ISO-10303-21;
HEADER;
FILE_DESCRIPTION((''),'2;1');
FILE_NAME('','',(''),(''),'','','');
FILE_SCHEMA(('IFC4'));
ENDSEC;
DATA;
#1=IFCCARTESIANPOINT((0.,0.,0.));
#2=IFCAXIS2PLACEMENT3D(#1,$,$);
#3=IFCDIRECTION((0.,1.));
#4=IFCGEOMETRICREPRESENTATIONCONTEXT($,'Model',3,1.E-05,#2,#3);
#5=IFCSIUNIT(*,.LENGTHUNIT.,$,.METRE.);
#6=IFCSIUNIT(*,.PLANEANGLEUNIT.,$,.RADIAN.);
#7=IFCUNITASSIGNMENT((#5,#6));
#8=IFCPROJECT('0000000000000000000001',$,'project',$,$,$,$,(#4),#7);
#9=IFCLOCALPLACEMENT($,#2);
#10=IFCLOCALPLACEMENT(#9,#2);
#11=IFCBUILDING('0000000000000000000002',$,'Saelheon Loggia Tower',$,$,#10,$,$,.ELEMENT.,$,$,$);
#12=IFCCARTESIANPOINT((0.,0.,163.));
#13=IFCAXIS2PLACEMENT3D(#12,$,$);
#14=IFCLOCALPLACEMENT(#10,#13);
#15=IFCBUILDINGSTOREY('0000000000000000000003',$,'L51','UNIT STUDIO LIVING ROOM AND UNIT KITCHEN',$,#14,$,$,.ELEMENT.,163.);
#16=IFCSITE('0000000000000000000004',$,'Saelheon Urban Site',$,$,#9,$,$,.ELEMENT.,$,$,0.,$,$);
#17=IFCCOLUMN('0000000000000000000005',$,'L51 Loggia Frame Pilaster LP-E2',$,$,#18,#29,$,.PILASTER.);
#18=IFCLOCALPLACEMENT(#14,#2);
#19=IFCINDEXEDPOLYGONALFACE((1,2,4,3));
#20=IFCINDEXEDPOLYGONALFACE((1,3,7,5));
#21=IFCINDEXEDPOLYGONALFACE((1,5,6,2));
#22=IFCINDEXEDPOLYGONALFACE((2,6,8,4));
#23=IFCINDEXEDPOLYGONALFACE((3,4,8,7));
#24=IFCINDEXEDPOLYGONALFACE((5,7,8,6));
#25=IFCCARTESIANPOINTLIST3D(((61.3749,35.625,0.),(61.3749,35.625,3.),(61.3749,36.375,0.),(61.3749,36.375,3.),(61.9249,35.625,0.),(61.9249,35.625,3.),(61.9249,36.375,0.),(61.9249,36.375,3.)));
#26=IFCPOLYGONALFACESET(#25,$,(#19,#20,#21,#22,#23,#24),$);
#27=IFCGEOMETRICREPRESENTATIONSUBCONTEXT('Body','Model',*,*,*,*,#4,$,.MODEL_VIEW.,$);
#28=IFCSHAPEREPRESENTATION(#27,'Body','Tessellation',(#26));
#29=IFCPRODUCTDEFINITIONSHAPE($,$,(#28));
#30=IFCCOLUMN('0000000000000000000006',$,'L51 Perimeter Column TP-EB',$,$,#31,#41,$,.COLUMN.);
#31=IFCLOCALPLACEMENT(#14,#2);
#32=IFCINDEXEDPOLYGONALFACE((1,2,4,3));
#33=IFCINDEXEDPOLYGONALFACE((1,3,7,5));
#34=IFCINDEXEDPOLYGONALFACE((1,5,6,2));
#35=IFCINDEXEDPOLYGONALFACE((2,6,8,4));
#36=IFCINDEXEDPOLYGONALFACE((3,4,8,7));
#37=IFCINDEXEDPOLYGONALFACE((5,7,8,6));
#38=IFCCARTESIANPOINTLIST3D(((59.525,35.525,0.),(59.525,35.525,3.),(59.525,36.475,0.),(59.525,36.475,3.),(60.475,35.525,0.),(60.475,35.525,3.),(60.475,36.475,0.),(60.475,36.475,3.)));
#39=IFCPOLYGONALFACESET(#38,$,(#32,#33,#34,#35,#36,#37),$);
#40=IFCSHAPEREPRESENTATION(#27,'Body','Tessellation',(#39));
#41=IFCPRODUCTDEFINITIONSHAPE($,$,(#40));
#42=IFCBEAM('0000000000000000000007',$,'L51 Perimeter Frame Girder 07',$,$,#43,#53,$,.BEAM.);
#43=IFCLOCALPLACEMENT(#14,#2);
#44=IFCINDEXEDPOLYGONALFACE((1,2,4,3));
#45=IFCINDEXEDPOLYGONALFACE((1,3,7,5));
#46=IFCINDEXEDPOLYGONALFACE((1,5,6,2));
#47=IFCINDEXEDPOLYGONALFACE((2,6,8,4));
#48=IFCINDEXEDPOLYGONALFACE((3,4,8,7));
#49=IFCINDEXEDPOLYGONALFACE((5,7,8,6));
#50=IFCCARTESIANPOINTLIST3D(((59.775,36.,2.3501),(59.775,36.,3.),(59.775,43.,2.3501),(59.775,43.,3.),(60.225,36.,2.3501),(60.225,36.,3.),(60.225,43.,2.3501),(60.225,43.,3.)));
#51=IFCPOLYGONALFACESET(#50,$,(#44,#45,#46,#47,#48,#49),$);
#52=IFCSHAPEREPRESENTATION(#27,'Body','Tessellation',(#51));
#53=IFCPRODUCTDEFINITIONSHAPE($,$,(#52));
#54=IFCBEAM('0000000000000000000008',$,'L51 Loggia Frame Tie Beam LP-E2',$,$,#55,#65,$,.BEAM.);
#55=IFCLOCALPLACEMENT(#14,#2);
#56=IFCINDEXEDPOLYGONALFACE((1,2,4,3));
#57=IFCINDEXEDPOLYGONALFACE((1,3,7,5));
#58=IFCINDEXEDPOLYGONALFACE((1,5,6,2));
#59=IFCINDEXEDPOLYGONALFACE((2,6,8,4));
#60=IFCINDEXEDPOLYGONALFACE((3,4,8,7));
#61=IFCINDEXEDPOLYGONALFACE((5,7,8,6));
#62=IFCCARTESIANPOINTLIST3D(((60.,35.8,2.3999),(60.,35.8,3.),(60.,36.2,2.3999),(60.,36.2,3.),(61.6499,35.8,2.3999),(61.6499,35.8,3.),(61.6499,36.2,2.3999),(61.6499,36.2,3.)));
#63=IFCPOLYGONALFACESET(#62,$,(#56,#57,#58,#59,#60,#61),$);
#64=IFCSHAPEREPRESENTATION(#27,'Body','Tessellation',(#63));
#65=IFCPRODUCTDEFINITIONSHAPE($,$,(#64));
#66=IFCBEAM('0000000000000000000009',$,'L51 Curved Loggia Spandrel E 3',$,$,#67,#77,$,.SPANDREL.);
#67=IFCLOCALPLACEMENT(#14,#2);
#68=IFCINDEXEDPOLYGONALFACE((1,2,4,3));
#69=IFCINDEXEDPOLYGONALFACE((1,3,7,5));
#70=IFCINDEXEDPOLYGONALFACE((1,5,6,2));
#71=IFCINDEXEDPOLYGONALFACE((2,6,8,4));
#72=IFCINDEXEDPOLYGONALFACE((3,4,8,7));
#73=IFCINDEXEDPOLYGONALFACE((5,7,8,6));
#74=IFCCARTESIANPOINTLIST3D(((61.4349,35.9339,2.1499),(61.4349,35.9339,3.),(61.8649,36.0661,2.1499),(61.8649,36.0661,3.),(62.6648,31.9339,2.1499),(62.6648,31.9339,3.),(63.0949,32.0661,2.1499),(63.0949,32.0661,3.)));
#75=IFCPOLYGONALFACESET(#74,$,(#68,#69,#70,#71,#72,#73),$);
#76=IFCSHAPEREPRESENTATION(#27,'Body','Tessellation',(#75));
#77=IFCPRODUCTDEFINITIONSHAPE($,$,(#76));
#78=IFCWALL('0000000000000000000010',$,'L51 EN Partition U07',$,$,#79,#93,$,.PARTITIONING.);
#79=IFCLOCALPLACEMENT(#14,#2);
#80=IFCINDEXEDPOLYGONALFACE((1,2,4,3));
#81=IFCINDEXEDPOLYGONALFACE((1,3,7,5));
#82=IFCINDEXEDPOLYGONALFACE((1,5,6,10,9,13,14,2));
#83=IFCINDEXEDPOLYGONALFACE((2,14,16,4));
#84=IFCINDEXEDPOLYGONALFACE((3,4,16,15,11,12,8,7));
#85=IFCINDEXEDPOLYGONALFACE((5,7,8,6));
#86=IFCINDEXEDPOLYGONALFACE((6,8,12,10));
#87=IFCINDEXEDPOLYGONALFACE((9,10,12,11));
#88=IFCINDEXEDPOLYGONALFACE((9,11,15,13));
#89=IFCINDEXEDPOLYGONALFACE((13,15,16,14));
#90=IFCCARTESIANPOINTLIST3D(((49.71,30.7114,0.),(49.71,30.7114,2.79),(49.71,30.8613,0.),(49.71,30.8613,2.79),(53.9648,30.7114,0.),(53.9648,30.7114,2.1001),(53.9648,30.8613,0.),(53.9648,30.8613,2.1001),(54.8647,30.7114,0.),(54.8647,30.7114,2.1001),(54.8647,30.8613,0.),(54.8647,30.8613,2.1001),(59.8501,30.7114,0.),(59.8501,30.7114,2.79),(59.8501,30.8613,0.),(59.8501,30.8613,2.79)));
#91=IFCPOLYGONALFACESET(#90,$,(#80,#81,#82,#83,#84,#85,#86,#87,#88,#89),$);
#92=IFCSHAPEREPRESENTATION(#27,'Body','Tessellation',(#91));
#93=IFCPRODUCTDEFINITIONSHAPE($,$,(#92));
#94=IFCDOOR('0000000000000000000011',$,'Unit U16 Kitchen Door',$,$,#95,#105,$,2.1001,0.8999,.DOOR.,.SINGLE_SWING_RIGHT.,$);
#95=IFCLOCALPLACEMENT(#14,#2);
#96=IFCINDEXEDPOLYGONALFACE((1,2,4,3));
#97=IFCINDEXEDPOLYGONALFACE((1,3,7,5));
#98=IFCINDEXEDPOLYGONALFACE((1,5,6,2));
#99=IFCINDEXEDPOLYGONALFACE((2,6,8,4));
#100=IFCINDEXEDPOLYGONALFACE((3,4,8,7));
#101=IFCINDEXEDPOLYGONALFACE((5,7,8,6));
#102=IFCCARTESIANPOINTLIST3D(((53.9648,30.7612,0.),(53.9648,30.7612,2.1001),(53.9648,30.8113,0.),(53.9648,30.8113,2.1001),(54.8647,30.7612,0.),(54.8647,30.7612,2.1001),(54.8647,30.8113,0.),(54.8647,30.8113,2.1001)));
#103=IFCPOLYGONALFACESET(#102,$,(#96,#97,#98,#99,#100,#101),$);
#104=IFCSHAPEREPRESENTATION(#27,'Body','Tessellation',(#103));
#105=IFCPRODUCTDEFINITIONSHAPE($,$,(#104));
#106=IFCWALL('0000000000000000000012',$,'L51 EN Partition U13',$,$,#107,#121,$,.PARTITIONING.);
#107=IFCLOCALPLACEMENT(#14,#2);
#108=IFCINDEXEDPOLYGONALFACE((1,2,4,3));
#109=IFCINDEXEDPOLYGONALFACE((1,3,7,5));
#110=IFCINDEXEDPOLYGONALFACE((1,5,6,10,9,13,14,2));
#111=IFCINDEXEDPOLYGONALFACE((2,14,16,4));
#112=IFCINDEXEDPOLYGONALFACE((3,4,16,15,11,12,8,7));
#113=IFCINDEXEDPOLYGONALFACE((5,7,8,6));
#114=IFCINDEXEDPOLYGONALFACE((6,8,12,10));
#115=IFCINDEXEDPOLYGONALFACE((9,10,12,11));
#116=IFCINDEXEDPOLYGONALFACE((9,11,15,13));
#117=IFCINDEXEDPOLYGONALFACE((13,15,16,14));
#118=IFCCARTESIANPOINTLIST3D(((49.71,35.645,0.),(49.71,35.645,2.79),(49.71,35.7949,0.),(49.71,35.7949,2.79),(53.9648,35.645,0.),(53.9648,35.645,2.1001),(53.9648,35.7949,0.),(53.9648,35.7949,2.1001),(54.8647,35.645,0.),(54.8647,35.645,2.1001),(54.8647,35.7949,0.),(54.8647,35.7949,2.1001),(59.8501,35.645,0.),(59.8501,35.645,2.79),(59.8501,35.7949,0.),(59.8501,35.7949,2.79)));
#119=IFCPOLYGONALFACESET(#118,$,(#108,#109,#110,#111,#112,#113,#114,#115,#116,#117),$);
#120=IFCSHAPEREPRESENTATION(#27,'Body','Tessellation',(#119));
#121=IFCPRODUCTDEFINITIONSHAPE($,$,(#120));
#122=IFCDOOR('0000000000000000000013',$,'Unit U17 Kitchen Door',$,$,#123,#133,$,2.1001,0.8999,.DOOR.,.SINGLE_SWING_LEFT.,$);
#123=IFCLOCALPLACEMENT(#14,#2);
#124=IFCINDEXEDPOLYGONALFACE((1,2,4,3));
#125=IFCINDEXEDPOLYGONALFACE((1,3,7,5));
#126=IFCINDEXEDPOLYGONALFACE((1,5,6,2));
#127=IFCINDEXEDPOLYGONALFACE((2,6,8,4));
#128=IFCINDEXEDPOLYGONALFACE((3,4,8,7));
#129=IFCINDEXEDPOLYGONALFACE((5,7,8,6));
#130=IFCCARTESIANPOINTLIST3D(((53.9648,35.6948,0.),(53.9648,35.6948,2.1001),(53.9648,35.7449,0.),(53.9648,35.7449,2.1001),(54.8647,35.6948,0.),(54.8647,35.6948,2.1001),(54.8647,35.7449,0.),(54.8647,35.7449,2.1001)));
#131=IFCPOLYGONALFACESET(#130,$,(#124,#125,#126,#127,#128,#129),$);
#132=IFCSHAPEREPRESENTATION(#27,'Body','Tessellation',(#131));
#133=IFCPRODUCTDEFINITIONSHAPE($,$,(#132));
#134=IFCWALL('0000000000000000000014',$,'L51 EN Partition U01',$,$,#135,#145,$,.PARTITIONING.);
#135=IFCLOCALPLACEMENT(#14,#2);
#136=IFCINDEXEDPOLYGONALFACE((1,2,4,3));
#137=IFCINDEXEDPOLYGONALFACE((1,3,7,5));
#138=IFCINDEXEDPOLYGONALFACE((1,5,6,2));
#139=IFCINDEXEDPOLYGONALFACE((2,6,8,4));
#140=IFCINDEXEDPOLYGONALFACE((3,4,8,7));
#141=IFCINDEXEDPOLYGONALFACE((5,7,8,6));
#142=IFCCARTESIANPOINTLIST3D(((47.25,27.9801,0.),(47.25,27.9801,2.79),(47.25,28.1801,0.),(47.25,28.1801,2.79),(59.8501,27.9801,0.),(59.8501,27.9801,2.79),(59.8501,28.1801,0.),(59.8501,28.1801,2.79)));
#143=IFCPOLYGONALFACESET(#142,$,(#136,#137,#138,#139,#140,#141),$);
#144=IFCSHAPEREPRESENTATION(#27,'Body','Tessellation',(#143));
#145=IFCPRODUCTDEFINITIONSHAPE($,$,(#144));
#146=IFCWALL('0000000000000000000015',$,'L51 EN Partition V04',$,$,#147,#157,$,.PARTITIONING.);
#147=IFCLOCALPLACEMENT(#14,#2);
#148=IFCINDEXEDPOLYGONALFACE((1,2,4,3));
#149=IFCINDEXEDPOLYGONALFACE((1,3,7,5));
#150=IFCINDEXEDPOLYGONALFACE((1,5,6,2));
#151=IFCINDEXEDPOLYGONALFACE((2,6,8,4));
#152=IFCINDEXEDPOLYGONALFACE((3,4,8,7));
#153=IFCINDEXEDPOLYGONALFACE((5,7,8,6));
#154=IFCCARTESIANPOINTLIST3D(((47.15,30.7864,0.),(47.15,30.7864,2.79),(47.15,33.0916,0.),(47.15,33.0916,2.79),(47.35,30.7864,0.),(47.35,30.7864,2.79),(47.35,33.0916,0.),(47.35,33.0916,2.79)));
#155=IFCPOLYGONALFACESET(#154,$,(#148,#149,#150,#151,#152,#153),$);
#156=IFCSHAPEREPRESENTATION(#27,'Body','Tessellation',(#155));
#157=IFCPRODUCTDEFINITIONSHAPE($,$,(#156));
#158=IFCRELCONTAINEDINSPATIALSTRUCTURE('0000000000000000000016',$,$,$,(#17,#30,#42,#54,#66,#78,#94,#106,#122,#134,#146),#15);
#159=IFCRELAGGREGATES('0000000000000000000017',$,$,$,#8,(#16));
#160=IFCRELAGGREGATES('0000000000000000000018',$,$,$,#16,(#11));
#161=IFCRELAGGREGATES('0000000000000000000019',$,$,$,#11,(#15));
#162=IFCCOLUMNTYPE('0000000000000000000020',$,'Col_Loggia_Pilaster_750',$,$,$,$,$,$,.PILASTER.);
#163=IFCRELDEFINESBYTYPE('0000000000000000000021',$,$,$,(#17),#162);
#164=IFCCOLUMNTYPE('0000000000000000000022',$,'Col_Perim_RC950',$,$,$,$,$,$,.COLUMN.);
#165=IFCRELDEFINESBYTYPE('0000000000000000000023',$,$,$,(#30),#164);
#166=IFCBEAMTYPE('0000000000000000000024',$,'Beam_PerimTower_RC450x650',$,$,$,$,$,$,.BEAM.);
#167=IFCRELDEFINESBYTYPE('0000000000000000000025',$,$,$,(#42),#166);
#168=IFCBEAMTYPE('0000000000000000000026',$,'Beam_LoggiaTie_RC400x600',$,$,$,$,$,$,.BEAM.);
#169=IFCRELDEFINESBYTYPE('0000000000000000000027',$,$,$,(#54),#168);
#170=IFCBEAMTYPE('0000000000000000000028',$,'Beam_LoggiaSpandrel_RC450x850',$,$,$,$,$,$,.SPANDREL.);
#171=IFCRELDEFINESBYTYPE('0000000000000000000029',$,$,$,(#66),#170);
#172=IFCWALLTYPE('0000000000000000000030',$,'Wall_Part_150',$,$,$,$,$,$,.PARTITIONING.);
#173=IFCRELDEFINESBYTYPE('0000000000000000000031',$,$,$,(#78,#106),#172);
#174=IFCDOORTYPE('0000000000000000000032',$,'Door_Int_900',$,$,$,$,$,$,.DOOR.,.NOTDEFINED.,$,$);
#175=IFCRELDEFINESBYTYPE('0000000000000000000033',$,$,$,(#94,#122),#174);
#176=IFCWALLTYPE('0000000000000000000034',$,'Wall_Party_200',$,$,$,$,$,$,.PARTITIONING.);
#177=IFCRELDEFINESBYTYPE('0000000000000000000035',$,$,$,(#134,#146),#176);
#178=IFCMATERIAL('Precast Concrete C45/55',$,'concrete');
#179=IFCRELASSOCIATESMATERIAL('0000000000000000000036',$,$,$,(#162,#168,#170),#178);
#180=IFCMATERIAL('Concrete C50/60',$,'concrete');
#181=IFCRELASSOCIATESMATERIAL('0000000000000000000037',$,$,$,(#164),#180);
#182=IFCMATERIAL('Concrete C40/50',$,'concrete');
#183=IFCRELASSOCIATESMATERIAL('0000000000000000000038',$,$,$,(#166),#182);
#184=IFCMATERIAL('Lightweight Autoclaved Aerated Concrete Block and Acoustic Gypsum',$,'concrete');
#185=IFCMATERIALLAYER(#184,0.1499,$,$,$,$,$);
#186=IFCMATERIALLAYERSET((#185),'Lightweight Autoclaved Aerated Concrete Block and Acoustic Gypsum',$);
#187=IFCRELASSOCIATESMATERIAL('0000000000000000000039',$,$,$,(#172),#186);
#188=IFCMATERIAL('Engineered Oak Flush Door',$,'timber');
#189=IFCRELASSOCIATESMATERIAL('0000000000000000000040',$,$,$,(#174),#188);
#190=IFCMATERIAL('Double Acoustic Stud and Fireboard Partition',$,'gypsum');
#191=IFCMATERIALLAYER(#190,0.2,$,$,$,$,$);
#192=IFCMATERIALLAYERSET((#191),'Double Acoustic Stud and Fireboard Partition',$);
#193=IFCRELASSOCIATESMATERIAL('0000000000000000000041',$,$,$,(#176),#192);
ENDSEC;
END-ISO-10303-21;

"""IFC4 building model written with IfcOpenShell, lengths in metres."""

from ifc_helpers import new_model, si_unit, direction, frame, frame_2d, origin, origin_2d, place, context, subcontext, project, spatial, rectangle, extrude, source, transform, mapped, material, layer, layer_set, material_profile, profile_set, type_object, element, fill, save


model = new_model("IFC4")

# Units and contexts
model_context = context("Model", 3, precision=1e-05, world=origin(), true_north=direction((0.0, 1.0)))
body_context = subcontext(model_context, "Body", "Model", "MODEL_VIEW")
ifc_project = project(units=[si_unit("LENGTHUNIT", "METRE"), si_unit("PLANEANGLEUNIT", "RADIAN")], contexts=[model_context])

# Site, building, storey
site_placement = place(None, origin())
site = spatial("IfcSite", under=ifc_project, at=site_placement, Name="Saelheon Urban Site", CompositionType="ELEMENT", RefElevation=0.0)
building_placement = place(site_placement, origin())
building = spatial("IfcBuilding", under=site, at=building_placement, Name="Saelheon Loggia Tower", CompositionType="ELEMENT")
storey_placement = place(building_placement, frame((0.0, 0.0, 163.0)))
storey = spatial("IfcBuildingStorey", under=building, at=storey_placement, Name="L51", Description="UNIT STUDIO LIVING ROOM AND UNIT KITCHEN", CompositionType="ELEMENT", Elevation=163.0)

# Columns
ifc_material_1 = material(Name="Precast Concrete C45/55", Category="concrete")
ifc_material_profile_1 = material_profile(ifc_material_1, rectangle(XDim=0.55, YDim=0.75, at=origin_2d()), Name="RC-550x750")
ifc_profile_set_1 = profile_set([ifc_material_profile_1], Name="Precast Concrete C45/55")
column_type_1 = type_object("IfcColumnType", Name="Col_Loggia_Pilaster_750", PredefinedType="PILASTER", material=ifc_profile_set_1)
shared_shape_1 = source(origin(), body_context, "Body", "SweptSolid", [
    extrude(rectangle(XDim=0.55, YDim=0.75, at=origin_2d()), origin(), (0.0, 0.0, 1.0), 3.0),
])
column_1_placement = place(storey_placement, frame((61.6499, 36.0, 0.0), z_axis=(0.0, 0.0, 1.0), x_axis=(1.0, 0.0, 0.0)))
element("IfcColumn", 1, at=column_1_placement, inside=storey, type_object=column_type_1, Name="L51 Loggia Frame Pilaster LP-E2", PredefinedType="PILASTER", context=body_context, shape_type="MappedRepresentation", body=[
    mapped(shared_shape_1, transform((0.0, 0.0, 0.0), scale=1.0)),
])
ifc_material_2 = material(Name="Concrete C50/60", Category="concrete")
ifc_material_profile_2 = material_profile(ifc_material_2, rectangle(XDim=0.95, YDim=0.95, at=origin_2d()), Name="RC-950x950")
ifc_profile_set_2 = profile_set([ifc_material_profile_2], Name="Concrete C50/60")
column_type_2 = type_object("IfcColumnType", Name="Col_Perim_RC950", PredefinedType="COLUMN", material=ifc_profile_set_2)
shared_shape_2 = source(origin(), body_context, "Body", "SweptSolid", [
    extrude(rectangle(XDim=0.95, YDim=0.95, at=origin_2d()), origin(), (0.0, 0.0, 1.0), 3.0),
])
column_2_placement = place(storey_placement, frame((60.0, 36.0, 0.0), z_axis=(0.0, 0.0, 1.0), x_axis=(1.0, 0.0, 0.0)))
element("IfcColumn", 2, at=column_2_placement, inside=storey, type_object=column_type_2, Name="L51 Perimeter Column TP-EB", PredefinedType="COLUMN", context=body_context, shape_type="MappedRepresentation", body=[
    mapped(shared_shape_2, transform((0.0, 0.0, 0.0), scale=1.0)),
])

# Beams
ifc_material_3 = material(Name="Concrete C40/50", Category="concrete")
ifc_material_profile_3 = material_profile(ifc_material_3, rectangle(XDim=0.45, YDim=0.6499, at=origin_2d()), Name="RC-450x650")
ifc_profile_set_3 = profile_set([ifc_material_profile_3], Name="Concrete C40/50")
beam_type_1 = type_object("IfcBeamType", Name="Beam_PerimTower_RC450x650", PredefinedType="BEAM", material=ifc_profile_set_3)
shared_shape_3 = source(origin(), body_context, "Body", "SweptSolid", [
    extrude(rectangle(XDim=0.45, YDim=0.6499, at=origin_2d()), origin(), (0.0, 0.0, 1.0), 7.0),
])
beam_1_placement = place(storey_placement, frame((60.0, 36.0, 2.675), z_axis=(0.0, 1.0, 0.0), x_axis=(-1.0, 0.0, 0.0)))
element("IfcBeam", 3, at=beam_1_placement, inside=storey, type_object=beam_type_1, Name="L51 Perimeter Frame Girder 07", PredefinedType="BEAM", context=body_context, shape_type="MappedRepresentation", body=[
    mapped(shared_shape_3, transform((0.0, 0.0, 0.0), scale=1.0)),
])
ifc_material_profile_4 = material_profile(ifc_material_1, rectangle(XDim=0.3999, YDim=0.6001, at=origin_2d()), Name="RC-400x600")
ifc_profile_set_4 = profile_set([ifc_material_profile_4], Name="Precast Concrete C45/55")
beam_type_2 = type_object("IfcBeamType", Name="Beam_LoggiaTie_RC400x600", PredefinedType="BEAM", material=ifc_profile_set_4)
shared_shape_4 = source(origin(), body_context, "Body", "SweptSolid", [
    extrude(rectangle(XDim=0.3999, YDim=0.6001, at=origin_2d()), origin(), (0.0, 0.0, 1.0), 1.6499),
])
beam_2_placement = place(storey_placement, frame((60.0, 36.0, 2.7), z_axis=(1.0, 0.0, 0.0), x_axis=(0.0, 1.0, 0.0)))
element("IfcBeam", 4, at=beam_2_placement, inside=storey, type_object=beam_type_2, Name="L51 Loggia Frame Tie Beam LP-E2", PredefinedType="BEAM", context=body_context, shape_type="MappedRepresentation", body=[
    mapped(shared_shape_4, transform((0.0, 0.0, 0.0), scale=1.0)),
])
ifc_material_profile_5 = material_profile(ifc_material_1, rectangle(XDim=0.45, YDim=0.8501, at=origin_2d()), Name="RC-450x850")
ifc_profile_set_5 = profile_set([ifc_material_profile_5], Name="Precast Concrete C45/55")
beam_type_3 = type_object("IfcBeamType", Name="Beam_LoggiaSpandrel_RC450x850", PredefinedType="SPANDREL", material=ifc_profile_set_5)
shared_shape_5 = source(origin(), body_context, "Body", "SweptSolid", [
    extrude(rectangle(XDim=0.45, YDim=0.8501, at=origin_2d()), origin(), (0.0, 0.0, 1.0), 4.1848),
])
beam_3_placement = place(storey_placement, frame((62.8799, 32.0, 2.575), z_axis=(-0.293914, 0.955832, 0.0), x_axis=(-0.955832, -0.293914, 0.0)))
element("IfcBeam", 5, at=beam_3_placement, inside=storey, type_object=beam_type_3, Name="L51 Curved Loggia Spandrel E 3", PredefinedType="SPANDREL", context=body_context, shape_type="MappedRepresentation", body=[
    mapped(shared_shape_5, transform((0.0, 0.0, 0.0), scale=1.0)),
])

# Walls, openings, doors
ifc_material_4 = material(Name="Lightweight Autoclaved Aerated Concrete Block and Acoustic Gypsum", Category="concrete")
ifc_layer_1 = layer(ifc_material_4, 0.1499)
ifc_layer_set_1 = layer_set([ifc_layer_1], Name="Lightweight Autoclaved Aerated Concrete Block and Acoustic Gypsum")
wall_type_1 = type_object("IfcWallType", Name="Wall_Part_150", PredefinedType="PARTITIONING", material=ifc_layer_set_1)
wall_1_placement = place(storey_placement, frame((49.71, 30.7864, 0.0), z_axis=(0.0, 0.0, 1.0), x_axis=(1.0, 0.0, 0.0)))
wall_1 = element("IfcWall", 6, at=wall_1_placement, inside=storey, type_object=wall_type_1, Name="L51 EN Partition U07", PredefinedType="PARTITIONING", context=body_context, shape_type="SweptSolid", body=[
    extrude(rectangle(XDim=10.1401, YDim=0.1499, at=frame_2d((5.0701, 0.0))), origin(), (0.0, 0.0, 1.0), 2.79),
])
opening_1_placement = place(wall_1_placement, frame((4.2549, 0.0, 0.0)))
opening_1 = element("IfcOpeningElement", 7, at=opening_1_placement, cuts=wall_1, PredefinedType="OPENING", context=body_context, shape_type="SweptSolid", body=[
    extrude(rectangle(XDim=0.8999, YDim=2.1001, at=frame_2d((0.45, 1.05))), frame((0.0, 0.0869, 0.0), z_axis=(0.0, -1.0, 0.0), x_axis=(1.0, 0.0, 0.0)), (0.0, 0.0, 1.0), 0.1738),
])
ifc_material_5 = material(Name="Engineered Oak Flush Door", Category="timber")
door_type_1 = type_object("IfcDoorType", Name="Door_Int_900", OperationType="NOTDEFINED", PredefinedType="DOOR", material=ifc_material_5)
shared_shape_6 = source(origin(), body_context, "Body", "SweptSolid", [
    extrude(rectangle(XDim=0.8999, YDim=2.1001, at=frame_2d((0.45, 1.05))), frame((0.0, 0.0249, 0.0), z_axis=(0.0, -1.0, 0.0), x_axis=(1.0, 0.0, 0.0)), (0.0, 0.0, 1.0), 0.05),
])
door_1_placement = place(opening_1_placement, origin())
door_1 = element("IfcDoor", 8, at=door_1_placement, inside=storey, type_object=door_type_1, Name="Unit U16 Kitchen Door", OperationType="SINGLE_SWING_RIGHT", OverallHeight=2.1001, OverallWidth=0.8999, PredefinedType="DOOR", context=body_context, shape_type="MappedRepresentation", body=[
    mapped(shared_shape_6, transform((0.0, 0.0, 0.0), scale=1.0)),
])
fill(opening_1, door_1)
wall_2_placement = place(storey_placement, frame((49.71, 35.72, 0.0), z_axis=(0.0, 0.0, 1.0), x_axis=(1.0, 0.0, 0.0)))
wall_2 = element("IfcWall", 9, at=wall_2_placement, inside=storey, type_object=wall_type_1, Name="L51 EN Partition U13", PredefinedType="PARTITIONING", context=body_context, shape_type="SweptSolid", body=[
    extrude(rectangle(XDim=10.1401, YDim=0.1499, at=frame_2d((5.0701, 0.0))), origin(), (0.0, 0.0, 1.0), 2.79),
])
opening_2_placement = place(wall_2_placement, frame((4.2549, 0.0, 0.0)))
opening_2 = element("IfcOpeningElement", 10, at=opening_2_placement, cuts=wall_2, PredefinedType="OPENING", context=body_context, shape_type="SweptSolid", body=[
    extrude(rectangle(XDim=0.8999, YDim=2.1001, at=frame_2d((0.45, 1.05))), frame((0.0, 0.0869, 0.0), z_axis=(0.0, -1.0, 0.0), x_axis=(1.0, 0.0, 0.0)), (0.0, 0.0, 1.0), 0.1738),
])
door_2_placement = place(opening_2_placement, origin())
door_2 = element("IfcDoor", 11, at=door_2_placement, inside=storey, type_object=door_type_1, Name="Unit U17 Kitchen Door", OperationType="SINGLE_SWING_LEFT", OverallHeight=2.1001, OverallWidth=0.8999, PredefinedType="DOOR", context=body_context, shape_type="MappedRepresentation", body=[
    mapped(shared_shape_6, transform((0.0, 0.0, 0.0), scale=1.0)),
])
fill(opening_2, door_2)

# Wall
ifc_material_6 = material(Name="Double Acoustic Stud and Fireboard Partition", Category="gypsum")
ifc_layer_2 = layer(ifc_material_6, 0.2)
ifc_layer_set_2 = layer_set([ifc_layer_2], Name="Double Acoustic Stud and Fireboard Partition")
wall_type_2 = type_object("IfcWallType", Name="Wall_Party_200", PredefinedType="PARTITIONING", material=ifc_layer_set_2)
wall_3_placement = place(storey_placement, frame((47.25, 28.0801, 0.0), z_axis=(0.0, 0.0, 1.0), x_axis=(1.0, 0.0, 0.0)))
element("IfcWall", 12, at=wall_3_placement, inside=storey, type_object=wall_type_2, Name="L51 EN Partition U01", PredefinedType="PARTITIONING", context=body_context, shape_type="SweptSolid", body=[
    extrude(rectangle(XDim=12.6001, YDim=0.2, at=frame_2d((6.3, 0.0))), origin(), (0.0, 0.0, 1.0), 2.79),
])

# Wall
wall_4_placement = place(storey_placement, frame((47.25, 30.7864, 0.0), z_axis=(0.0, 0.0, 1.0), x_axis=(0.0, 1.0, 0.0)))
element("IfcWall", 13, at=wall_4_placement, inside=storey, type_object=wall_type_2, Name="L51 EN Partition V04", PredefinedType="PARTITIONING", context=body_context, shape_type="SweptSolid", body=[
    extrude(rectangle(XDim=2.3052, YDim=0.2, at=frame_2d((1.1526, 0.0))), origin(), (0.0, 0.0, 1.0), 2.79),
])

save(model, "model.ifc")
